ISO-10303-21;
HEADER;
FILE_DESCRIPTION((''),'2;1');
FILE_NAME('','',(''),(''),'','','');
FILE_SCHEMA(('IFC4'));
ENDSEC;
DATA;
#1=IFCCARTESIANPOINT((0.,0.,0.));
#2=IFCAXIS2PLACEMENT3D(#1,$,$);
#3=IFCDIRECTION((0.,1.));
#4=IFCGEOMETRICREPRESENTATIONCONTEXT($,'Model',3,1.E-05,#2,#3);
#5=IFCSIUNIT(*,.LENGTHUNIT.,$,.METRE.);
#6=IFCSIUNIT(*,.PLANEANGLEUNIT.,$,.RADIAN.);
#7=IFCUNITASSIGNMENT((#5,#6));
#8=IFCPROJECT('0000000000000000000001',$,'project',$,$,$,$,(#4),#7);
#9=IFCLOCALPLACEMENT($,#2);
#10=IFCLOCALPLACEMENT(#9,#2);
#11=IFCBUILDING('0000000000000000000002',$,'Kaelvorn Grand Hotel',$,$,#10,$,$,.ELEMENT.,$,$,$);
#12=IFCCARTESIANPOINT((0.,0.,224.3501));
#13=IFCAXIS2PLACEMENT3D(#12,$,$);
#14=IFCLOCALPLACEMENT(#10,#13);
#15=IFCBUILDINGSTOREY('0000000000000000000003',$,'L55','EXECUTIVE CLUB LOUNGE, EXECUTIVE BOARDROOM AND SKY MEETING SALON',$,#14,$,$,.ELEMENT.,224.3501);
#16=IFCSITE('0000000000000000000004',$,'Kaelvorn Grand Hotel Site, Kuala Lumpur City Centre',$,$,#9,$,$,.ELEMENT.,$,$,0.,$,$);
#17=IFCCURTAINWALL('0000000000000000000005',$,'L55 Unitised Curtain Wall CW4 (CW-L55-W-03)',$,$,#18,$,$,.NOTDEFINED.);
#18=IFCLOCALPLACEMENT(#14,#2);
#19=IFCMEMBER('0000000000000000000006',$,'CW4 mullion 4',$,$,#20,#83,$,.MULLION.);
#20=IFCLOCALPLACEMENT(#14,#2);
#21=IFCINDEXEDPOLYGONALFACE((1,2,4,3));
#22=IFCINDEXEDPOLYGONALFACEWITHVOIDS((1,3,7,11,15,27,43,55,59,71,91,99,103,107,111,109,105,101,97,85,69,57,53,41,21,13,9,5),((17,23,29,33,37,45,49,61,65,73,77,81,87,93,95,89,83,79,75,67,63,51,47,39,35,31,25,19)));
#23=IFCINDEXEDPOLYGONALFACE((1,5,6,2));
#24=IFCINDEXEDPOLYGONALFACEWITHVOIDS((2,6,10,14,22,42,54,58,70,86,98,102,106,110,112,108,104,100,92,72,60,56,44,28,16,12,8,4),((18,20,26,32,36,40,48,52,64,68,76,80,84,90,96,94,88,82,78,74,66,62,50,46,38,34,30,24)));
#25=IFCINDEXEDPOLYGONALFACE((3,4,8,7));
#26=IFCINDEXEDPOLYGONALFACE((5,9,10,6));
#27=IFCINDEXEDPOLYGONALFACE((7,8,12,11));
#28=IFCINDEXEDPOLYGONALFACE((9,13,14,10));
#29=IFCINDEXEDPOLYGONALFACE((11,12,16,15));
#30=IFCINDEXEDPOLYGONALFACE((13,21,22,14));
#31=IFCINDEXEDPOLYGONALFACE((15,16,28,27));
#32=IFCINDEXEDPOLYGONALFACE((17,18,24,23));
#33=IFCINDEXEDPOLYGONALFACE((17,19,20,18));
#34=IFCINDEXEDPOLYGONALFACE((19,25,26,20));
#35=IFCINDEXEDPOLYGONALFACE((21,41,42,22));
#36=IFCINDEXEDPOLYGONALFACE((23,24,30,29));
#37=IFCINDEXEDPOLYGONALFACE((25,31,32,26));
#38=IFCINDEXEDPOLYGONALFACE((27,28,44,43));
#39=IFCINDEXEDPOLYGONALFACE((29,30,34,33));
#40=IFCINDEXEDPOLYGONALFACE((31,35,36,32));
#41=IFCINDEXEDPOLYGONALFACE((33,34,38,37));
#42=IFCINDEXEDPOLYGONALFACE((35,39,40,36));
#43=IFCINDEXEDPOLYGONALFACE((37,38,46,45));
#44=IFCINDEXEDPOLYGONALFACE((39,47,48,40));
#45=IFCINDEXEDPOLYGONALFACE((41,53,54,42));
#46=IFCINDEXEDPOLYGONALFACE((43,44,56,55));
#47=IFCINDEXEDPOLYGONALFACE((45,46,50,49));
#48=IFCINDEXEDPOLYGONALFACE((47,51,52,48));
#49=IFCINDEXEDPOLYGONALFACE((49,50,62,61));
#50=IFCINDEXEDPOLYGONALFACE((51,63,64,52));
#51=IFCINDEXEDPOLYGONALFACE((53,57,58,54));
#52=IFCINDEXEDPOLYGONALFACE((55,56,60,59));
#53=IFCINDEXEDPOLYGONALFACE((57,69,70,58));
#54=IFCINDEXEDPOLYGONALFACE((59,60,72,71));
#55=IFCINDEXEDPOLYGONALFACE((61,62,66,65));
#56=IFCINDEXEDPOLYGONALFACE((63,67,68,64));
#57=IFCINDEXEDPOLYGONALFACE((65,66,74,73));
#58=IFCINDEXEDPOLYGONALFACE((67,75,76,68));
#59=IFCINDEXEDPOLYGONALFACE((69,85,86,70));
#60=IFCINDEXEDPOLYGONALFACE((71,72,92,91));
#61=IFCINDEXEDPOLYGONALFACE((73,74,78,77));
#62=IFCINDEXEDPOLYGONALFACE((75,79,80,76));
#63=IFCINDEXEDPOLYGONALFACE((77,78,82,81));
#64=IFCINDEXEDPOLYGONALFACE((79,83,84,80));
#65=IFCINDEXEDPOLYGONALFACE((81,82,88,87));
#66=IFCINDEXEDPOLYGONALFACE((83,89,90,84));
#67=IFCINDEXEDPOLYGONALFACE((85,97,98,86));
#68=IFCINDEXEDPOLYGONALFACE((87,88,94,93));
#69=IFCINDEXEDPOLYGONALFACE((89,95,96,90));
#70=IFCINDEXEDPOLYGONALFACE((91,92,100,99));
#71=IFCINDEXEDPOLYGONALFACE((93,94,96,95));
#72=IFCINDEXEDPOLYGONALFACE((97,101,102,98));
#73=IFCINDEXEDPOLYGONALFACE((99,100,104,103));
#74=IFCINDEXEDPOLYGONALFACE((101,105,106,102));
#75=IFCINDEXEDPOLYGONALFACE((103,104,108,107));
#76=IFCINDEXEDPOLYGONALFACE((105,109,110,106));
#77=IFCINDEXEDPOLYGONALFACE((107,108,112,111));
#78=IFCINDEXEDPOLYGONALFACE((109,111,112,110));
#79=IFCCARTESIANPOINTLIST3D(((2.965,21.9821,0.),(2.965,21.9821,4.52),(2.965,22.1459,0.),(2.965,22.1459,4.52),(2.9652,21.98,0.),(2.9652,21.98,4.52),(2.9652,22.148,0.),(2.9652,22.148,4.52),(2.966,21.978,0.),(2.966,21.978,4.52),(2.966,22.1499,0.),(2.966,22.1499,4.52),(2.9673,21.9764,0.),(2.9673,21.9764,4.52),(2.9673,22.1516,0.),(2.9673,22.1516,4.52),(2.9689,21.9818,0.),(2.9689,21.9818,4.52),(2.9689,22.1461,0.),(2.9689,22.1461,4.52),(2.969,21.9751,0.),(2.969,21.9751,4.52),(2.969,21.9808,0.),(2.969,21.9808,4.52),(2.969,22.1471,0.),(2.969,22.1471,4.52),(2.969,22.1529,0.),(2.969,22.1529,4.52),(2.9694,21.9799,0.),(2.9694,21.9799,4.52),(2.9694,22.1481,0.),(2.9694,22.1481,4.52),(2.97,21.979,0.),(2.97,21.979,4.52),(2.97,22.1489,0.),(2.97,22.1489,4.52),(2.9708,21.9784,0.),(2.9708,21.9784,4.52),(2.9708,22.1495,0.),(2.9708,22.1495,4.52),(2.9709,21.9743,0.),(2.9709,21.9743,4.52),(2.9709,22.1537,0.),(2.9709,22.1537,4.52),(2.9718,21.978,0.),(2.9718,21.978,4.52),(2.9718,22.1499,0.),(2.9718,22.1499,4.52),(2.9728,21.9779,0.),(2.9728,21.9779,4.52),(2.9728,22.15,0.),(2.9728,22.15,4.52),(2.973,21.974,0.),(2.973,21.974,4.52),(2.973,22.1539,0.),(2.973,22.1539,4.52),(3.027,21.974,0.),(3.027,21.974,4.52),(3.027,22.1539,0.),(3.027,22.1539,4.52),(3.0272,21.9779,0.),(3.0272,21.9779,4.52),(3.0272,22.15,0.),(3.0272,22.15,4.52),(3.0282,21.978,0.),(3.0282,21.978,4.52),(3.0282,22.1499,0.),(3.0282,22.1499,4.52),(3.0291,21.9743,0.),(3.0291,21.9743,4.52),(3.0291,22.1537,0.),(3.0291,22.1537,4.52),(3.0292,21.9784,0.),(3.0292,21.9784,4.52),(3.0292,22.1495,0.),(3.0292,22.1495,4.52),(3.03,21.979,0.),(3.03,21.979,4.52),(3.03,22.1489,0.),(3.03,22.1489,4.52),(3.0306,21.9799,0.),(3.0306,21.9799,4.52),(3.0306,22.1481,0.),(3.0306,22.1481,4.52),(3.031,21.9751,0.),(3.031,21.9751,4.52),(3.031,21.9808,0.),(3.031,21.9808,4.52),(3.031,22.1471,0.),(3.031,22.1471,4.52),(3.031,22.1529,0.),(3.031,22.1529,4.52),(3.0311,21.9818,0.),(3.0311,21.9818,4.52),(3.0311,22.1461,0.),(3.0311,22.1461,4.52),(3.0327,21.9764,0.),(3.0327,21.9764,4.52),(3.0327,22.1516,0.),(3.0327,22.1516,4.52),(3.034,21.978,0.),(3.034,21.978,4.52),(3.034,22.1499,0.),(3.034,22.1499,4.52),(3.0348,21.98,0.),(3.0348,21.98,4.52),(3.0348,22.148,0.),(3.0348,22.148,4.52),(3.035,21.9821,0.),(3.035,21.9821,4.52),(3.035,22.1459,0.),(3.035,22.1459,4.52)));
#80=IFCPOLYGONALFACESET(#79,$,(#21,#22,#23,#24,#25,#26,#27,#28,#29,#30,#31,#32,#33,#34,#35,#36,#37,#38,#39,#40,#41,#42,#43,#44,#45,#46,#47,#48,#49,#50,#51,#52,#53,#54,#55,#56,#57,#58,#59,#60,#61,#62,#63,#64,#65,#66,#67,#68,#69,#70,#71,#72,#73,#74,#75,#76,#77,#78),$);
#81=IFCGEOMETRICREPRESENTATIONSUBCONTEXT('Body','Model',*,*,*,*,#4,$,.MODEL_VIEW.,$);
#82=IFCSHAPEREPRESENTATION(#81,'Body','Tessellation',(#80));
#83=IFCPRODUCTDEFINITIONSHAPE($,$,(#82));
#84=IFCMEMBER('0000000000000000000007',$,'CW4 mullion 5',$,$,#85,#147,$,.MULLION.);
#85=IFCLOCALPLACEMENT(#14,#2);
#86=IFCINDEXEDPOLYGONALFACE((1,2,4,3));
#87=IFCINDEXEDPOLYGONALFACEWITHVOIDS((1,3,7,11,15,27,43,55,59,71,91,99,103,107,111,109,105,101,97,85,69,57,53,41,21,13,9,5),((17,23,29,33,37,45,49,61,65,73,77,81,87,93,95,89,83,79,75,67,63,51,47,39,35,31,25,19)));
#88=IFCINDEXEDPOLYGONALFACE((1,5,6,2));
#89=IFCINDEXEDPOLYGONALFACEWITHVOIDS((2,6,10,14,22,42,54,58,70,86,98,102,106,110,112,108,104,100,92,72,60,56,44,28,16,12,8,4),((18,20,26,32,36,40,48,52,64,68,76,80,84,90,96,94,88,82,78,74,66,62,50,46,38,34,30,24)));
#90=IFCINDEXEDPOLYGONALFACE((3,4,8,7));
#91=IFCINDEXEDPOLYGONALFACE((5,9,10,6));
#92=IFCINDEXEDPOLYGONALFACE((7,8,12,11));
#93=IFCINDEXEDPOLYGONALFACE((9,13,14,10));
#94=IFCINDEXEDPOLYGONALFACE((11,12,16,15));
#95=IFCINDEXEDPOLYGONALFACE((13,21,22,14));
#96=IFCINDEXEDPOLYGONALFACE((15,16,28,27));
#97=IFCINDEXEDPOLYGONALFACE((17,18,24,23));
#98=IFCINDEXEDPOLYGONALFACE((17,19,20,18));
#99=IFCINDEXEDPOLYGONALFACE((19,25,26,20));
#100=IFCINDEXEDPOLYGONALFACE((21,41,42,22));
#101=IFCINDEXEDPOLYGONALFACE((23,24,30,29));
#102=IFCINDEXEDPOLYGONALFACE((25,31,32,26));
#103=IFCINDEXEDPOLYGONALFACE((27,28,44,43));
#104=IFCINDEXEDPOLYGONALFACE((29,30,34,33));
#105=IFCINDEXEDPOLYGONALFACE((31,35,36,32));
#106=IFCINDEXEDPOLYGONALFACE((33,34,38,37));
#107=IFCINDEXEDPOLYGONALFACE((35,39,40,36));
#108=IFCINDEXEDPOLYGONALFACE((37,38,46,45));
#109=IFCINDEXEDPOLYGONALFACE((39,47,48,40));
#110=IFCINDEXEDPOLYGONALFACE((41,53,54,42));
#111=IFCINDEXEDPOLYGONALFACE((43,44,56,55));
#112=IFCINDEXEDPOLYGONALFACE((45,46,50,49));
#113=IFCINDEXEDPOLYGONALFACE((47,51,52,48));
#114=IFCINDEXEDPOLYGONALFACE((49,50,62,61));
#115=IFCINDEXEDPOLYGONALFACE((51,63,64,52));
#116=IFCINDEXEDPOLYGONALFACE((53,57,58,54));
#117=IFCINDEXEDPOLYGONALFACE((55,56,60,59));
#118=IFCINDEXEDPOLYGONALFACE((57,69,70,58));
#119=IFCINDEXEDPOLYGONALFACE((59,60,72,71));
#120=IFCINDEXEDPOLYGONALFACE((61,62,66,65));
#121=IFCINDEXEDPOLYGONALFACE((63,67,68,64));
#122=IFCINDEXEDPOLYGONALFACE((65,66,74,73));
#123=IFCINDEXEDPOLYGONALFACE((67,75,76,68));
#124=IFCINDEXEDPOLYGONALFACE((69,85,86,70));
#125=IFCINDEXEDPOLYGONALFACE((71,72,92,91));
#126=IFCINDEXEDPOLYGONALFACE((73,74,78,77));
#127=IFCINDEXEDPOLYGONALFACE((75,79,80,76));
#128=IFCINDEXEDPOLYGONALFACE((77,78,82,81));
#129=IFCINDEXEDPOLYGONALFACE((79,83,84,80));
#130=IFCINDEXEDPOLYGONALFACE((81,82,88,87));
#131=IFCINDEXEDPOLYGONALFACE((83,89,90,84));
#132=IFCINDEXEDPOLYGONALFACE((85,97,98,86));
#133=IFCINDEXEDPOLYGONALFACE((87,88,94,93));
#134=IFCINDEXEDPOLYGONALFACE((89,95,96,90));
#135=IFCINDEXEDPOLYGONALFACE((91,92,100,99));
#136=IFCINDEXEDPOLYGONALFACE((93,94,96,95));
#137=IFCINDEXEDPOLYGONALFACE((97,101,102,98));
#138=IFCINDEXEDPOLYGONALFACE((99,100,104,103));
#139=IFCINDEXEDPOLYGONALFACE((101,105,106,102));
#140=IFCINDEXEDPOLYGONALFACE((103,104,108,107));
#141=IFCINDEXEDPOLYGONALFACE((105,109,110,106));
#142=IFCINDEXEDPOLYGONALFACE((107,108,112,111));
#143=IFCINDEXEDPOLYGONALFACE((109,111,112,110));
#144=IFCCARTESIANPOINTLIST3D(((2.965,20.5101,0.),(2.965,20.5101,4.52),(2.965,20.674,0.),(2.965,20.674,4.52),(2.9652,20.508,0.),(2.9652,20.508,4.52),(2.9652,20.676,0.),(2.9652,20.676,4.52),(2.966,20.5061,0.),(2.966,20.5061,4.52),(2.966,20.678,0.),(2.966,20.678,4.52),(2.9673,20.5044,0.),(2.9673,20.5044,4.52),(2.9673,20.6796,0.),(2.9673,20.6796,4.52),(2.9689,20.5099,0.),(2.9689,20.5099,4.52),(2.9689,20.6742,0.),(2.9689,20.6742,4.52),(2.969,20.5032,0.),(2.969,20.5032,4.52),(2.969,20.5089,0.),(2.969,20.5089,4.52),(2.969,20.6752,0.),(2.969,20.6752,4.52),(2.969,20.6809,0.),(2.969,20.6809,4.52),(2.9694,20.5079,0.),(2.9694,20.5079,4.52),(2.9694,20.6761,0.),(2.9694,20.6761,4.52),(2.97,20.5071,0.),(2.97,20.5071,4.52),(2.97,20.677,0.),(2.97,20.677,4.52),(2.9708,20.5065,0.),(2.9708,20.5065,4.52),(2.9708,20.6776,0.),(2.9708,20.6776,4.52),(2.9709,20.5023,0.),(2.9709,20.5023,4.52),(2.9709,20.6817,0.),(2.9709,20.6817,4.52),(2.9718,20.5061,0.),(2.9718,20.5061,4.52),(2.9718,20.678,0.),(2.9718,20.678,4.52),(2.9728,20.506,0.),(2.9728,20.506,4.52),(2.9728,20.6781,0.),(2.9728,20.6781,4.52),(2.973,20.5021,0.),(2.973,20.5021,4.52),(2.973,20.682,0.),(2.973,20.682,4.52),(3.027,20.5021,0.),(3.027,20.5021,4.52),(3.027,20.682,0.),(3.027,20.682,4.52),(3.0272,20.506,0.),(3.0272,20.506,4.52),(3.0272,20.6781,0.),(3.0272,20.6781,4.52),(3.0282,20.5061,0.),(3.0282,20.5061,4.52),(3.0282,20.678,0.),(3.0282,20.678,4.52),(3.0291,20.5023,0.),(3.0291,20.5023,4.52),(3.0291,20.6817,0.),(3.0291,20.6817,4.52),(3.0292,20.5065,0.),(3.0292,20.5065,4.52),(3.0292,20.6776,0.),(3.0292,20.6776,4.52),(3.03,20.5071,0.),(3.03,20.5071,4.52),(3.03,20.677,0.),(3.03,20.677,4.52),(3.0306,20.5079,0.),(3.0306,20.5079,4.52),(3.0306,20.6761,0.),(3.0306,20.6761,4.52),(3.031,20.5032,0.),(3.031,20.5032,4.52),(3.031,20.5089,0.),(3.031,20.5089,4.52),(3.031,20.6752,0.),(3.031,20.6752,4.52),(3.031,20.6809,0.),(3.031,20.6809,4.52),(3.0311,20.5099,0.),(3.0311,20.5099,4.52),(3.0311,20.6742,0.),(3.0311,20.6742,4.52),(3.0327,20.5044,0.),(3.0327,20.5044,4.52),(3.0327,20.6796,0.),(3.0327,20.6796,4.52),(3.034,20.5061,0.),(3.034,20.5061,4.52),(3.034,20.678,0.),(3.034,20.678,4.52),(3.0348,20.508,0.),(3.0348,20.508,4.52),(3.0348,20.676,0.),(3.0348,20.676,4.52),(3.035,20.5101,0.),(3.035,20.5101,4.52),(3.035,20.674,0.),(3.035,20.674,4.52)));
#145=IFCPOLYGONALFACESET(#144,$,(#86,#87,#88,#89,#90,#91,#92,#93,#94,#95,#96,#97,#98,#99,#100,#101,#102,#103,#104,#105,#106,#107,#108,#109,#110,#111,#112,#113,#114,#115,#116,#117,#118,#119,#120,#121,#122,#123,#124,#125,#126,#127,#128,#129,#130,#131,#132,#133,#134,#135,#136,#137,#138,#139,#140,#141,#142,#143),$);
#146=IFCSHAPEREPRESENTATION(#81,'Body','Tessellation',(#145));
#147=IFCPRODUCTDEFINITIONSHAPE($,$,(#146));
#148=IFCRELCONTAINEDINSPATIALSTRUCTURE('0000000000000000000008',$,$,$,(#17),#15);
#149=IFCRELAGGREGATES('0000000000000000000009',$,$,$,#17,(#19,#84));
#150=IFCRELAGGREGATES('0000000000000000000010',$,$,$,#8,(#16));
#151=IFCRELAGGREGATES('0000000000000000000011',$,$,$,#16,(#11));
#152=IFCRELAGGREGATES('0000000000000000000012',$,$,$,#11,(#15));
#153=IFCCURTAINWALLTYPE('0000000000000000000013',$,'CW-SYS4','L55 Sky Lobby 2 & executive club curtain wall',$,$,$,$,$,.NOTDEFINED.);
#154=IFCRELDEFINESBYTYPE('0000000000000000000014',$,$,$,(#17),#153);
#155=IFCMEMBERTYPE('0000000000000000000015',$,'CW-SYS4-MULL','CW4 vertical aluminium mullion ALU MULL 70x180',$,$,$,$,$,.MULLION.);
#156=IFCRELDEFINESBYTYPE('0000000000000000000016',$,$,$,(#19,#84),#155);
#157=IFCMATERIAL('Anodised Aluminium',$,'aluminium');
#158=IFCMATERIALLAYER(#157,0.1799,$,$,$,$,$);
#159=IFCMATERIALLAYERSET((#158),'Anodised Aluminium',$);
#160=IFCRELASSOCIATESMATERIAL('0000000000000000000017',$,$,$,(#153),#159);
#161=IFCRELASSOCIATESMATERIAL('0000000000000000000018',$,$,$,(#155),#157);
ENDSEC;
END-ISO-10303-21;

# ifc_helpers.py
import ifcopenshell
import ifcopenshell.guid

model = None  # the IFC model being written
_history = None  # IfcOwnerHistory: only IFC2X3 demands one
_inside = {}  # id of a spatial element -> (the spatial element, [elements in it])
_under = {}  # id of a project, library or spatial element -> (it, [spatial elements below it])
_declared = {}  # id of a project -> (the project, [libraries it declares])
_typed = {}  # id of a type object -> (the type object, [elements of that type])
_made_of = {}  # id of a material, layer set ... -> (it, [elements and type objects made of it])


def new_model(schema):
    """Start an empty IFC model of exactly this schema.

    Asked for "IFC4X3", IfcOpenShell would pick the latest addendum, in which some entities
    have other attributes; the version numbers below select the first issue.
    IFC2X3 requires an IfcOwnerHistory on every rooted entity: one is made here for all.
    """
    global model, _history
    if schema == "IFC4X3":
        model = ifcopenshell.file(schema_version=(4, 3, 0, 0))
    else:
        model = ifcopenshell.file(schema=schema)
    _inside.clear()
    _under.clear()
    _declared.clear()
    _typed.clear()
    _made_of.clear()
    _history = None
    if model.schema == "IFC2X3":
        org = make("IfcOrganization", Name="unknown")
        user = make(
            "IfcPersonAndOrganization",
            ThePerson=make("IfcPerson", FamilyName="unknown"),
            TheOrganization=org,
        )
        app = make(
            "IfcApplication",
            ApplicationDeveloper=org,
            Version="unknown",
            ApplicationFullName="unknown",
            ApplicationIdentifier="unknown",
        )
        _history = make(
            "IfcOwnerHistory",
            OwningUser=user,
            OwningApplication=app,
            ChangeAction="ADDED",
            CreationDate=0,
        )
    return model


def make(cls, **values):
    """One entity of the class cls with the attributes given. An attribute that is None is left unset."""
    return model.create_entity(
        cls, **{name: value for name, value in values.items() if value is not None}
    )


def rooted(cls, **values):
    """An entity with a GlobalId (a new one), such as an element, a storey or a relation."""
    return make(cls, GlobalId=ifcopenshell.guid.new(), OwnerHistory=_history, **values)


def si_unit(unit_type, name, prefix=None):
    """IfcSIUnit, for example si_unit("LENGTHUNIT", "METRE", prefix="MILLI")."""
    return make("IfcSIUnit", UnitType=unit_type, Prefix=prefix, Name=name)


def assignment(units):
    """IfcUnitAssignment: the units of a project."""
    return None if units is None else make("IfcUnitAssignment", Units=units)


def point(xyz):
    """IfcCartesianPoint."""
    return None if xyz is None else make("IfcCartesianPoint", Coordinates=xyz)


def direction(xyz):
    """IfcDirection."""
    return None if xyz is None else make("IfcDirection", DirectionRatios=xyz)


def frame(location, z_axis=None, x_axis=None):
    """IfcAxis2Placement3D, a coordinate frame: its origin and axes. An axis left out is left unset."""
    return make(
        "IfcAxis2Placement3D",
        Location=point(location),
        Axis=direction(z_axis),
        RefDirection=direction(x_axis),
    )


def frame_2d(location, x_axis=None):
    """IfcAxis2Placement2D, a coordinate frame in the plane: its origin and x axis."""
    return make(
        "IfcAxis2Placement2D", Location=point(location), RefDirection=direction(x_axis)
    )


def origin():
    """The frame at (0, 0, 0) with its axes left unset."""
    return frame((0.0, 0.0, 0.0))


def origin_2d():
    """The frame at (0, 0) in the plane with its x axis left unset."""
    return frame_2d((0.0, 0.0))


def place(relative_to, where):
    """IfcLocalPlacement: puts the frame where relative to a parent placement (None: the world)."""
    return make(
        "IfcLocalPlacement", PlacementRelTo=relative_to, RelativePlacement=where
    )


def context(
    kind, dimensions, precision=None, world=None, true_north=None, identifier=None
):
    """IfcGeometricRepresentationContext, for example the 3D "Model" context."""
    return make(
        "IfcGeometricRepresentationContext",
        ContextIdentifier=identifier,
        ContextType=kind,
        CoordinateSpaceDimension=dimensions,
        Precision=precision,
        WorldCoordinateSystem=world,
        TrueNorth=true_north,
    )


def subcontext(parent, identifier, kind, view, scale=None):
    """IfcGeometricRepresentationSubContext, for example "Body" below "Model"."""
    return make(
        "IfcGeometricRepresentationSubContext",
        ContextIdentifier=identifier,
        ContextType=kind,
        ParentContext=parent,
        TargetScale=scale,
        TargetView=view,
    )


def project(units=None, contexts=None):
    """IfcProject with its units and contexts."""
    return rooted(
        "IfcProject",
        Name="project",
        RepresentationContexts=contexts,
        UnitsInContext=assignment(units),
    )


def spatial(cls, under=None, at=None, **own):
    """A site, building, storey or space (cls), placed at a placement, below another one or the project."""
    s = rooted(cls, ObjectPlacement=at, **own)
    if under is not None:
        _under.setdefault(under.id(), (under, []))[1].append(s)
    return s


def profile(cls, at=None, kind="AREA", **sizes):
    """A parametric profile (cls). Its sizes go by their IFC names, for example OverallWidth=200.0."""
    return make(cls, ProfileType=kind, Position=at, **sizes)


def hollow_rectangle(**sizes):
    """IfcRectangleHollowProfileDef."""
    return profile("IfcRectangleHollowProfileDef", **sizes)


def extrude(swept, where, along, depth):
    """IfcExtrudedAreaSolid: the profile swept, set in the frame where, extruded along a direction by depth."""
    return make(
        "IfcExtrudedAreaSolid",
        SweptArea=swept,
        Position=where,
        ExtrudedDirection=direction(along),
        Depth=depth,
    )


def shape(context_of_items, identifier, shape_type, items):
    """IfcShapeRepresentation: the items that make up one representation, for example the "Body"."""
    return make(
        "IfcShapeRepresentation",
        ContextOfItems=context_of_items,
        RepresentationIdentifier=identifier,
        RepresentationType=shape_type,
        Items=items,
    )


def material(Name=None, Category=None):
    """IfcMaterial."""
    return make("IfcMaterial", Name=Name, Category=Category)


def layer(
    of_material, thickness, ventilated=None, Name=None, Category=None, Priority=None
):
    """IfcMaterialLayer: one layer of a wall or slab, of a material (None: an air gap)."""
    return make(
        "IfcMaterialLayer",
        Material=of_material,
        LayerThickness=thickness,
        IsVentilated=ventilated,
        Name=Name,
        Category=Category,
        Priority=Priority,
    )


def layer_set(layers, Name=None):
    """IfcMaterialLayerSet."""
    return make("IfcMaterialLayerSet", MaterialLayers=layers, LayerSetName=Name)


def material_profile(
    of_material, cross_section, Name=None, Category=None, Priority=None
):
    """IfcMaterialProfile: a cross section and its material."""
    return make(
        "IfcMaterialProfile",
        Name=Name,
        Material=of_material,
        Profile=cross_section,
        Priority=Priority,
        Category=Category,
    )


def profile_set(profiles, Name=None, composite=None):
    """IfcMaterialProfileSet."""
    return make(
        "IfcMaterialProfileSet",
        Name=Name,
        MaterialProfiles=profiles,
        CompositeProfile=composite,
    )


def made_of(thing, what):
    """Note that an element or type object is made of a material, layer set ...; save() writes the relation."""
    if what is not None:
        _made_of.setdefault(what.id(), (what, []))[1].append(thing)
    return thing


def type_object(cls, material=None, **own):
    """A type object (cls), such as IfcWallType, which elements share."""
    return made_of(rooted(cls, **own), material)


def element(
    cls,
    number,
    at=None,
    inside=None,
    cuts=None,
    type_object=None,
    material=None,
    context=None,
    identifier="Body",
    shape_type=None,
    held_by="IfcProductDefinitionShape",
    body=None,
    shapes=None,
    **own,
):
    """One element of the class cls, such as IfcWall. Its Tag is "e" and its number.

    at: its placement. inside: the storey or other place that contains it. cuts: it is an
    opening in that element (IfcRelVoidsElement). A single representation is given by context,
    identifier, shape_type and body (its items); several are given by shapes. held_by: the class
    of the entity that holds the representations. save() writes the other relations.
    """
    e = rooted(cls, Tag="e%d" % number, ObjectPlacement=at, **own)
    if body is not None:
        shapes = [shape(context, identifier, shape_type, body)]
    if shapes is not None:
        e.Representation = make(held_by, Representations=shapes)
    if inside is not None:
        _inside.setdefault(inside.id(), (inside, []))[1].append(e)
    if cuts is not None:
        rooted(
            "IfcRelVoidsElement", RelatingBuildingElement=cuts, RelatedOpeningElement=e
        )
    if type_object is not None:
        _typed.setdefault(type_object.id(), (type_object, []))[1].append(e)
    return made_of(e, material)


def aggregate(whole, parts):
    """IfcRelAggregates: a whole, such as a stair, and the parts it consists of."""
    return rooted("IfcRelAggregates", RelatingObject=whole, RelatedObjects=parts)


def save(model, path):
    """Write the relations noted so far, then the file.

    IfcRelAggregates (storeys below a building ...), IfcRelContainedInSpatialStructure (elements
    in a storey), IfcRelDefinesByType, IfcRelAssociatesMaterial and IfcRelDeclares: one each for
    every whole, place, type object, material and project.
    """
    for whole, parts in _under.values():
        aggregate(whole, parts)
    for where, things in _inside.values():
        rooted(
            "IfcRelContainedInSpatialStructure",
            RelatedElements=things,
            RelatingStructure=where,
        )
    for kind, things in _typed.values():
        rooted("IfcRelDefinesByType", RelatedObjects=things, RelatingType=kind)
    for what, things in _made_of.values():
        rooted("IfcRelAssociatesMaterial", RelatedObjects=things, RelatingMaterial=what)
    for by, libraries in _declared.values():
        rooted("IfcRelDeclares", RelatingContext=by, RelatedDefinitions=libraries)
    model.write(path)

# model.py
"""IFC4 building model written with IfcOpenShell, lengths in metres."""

from ifc_helpers import new_model, si_unit, direction, frame, origin, origin_2d, place, context, subcontext, project, spatial, hollow_rectangle, extrude, material, layer, layer_set, material_profile, profile_set, type_object, element, aggregate, save


model = new_model("IFC4")

# Units and contexts
model_context = context("Model", 3, precision=1e-05, world=origin(), true_north=direction((0.0, 1.0)))
body_context = subcontext(model_context, "Body", "Model", "MODEL_VIEW")
ifc_project = project(units=[si_unit("LENGTHUNIT", "METRE"), si_unit("PLANEANGLEUNIT", "RADIAN")], contexts=[model_context])

# Site, building, storey
site_placement = place(None, origin())
site = spatial("IfcSite", under=ifc_project, at=site_placement, Name="Kaelvorn Grand Hotel Site, Kuala Lumpur City Centre", CompositionType="ELEMENT", RefElevation=0.0)
building_placement = place(site_placement, origin())
building = spatial("IfcBuilding", under=site, at=building_placement, Name="Kaelvorn Grand Hotel", CompositionType="ELEMENT")
storey_placement = place(building_placement, frame((0.0, 0.0, 224.3501)))
storey = spatial("IfcBuildingStorey", under=building, at=storey_placement, Name="L55", Description="EXECUTIVE CLUB LOUNGE, EXECUTIVE BOARDROOM AND SKY MEETING SALON", CompositionType="ELEMENT", Elevation=224.3501)

# Curtain wall, members
ifc_material_1 = material(Name="Anodised Aluminium", Category="aluminium")
ifc_layer_1 = layer(ifc_material_1, 0.1799)
ifc_layer_set_1 = layer_set([ifc_layer_1], Name="Anodised Aluminium")
curtain_wall_type = type_object("IfcCurtainWallType", Name="CW-SYS4", Description="L55 Sky Lobby 2 & executive club curtain wall", PredefinedType="NOTDEFINED", material=ifc_layer_set_1)
curtain_wall_1_placement = place(storey_placement, origin())
curtain_wall_1 = element("IfcCurtainWall", 1, at=curtain_wall_1_placement, inside=storey, type_object=curtain_wall_type, Name="L55 Unitised Curtain Wall CW4 (CW-L55-W-03)", PredefinedType="NOTDEFINED")
ifc_material_profile_1 = material_profile(ifc_material_1, hollow_rectangle(XDim=0.0701, YDim=0.1799, WallThickness=0.0039, InnerFilletRadius=0.0039, OuterFilletRadius=0.0081, at=origin_2d()), Name="ALU MULL 70x180")
ifc_profile_set_1 = profile_set([ifc_material_profile_1], Name="Anodised Aluminium")
member_type_1 = type_object("IfcMemberType", Name="CW-SYS4-MULL", Description="CW4 vertical aluminium mullion ALU MULL 70x180", PredefinedType="MULLION", material=ifc_profile_set_1)
member_1_placement = place(storey_placement, frame((3.0, 22.064, 0.0), z_axis=(0.0, 0.0, 1.0), x_axis=(1.0, 0.0, 0.0)))
member_1 = element("IfcMember", 2, at=member_1_placement, type_object=member_type_1, Name="CW4 mullion 4", PredefinedType="MULLION", context=body_context, shape_type="SweptSolid", body=[
    extrude(hollow_rectangle(XDim=0.0701, YDim=0.1799, WallThickness=0.0039, InnerFilletRadius=0.0039, OuterFilletRadius=0.0081, at=origin_2d()), origin(), (0.0, 0.0, 1.0), 4.52),
])
member_2_placement = place(storey_placement, frame((3.0, 20.592, 0.0), z_axis=(0.0, 0.0, 1.0), x_axis=(1.0, 0.0, 0.0)))
member_2 = element("IfcMember", 3, at=member_2_placement, type_object=member_type_1, Name="CW4 mullion 5", PredefinedType="MULLION", context=body_context, shape_type="SweptSolid", body=[
    extrude(hollow_rectangle(XDim=0.0701, YDim=0.1799, WallThickness=0.0039, InnerFilletRadius=0.0039, OuterFilletRadius=0.0081, at=origin_2d()), origin(), (0.0, 0.0, 1.0), 4.52),
])

aggregate(curtain_wall_1, [member_1, member_2])

save(model, "model.ifc")
